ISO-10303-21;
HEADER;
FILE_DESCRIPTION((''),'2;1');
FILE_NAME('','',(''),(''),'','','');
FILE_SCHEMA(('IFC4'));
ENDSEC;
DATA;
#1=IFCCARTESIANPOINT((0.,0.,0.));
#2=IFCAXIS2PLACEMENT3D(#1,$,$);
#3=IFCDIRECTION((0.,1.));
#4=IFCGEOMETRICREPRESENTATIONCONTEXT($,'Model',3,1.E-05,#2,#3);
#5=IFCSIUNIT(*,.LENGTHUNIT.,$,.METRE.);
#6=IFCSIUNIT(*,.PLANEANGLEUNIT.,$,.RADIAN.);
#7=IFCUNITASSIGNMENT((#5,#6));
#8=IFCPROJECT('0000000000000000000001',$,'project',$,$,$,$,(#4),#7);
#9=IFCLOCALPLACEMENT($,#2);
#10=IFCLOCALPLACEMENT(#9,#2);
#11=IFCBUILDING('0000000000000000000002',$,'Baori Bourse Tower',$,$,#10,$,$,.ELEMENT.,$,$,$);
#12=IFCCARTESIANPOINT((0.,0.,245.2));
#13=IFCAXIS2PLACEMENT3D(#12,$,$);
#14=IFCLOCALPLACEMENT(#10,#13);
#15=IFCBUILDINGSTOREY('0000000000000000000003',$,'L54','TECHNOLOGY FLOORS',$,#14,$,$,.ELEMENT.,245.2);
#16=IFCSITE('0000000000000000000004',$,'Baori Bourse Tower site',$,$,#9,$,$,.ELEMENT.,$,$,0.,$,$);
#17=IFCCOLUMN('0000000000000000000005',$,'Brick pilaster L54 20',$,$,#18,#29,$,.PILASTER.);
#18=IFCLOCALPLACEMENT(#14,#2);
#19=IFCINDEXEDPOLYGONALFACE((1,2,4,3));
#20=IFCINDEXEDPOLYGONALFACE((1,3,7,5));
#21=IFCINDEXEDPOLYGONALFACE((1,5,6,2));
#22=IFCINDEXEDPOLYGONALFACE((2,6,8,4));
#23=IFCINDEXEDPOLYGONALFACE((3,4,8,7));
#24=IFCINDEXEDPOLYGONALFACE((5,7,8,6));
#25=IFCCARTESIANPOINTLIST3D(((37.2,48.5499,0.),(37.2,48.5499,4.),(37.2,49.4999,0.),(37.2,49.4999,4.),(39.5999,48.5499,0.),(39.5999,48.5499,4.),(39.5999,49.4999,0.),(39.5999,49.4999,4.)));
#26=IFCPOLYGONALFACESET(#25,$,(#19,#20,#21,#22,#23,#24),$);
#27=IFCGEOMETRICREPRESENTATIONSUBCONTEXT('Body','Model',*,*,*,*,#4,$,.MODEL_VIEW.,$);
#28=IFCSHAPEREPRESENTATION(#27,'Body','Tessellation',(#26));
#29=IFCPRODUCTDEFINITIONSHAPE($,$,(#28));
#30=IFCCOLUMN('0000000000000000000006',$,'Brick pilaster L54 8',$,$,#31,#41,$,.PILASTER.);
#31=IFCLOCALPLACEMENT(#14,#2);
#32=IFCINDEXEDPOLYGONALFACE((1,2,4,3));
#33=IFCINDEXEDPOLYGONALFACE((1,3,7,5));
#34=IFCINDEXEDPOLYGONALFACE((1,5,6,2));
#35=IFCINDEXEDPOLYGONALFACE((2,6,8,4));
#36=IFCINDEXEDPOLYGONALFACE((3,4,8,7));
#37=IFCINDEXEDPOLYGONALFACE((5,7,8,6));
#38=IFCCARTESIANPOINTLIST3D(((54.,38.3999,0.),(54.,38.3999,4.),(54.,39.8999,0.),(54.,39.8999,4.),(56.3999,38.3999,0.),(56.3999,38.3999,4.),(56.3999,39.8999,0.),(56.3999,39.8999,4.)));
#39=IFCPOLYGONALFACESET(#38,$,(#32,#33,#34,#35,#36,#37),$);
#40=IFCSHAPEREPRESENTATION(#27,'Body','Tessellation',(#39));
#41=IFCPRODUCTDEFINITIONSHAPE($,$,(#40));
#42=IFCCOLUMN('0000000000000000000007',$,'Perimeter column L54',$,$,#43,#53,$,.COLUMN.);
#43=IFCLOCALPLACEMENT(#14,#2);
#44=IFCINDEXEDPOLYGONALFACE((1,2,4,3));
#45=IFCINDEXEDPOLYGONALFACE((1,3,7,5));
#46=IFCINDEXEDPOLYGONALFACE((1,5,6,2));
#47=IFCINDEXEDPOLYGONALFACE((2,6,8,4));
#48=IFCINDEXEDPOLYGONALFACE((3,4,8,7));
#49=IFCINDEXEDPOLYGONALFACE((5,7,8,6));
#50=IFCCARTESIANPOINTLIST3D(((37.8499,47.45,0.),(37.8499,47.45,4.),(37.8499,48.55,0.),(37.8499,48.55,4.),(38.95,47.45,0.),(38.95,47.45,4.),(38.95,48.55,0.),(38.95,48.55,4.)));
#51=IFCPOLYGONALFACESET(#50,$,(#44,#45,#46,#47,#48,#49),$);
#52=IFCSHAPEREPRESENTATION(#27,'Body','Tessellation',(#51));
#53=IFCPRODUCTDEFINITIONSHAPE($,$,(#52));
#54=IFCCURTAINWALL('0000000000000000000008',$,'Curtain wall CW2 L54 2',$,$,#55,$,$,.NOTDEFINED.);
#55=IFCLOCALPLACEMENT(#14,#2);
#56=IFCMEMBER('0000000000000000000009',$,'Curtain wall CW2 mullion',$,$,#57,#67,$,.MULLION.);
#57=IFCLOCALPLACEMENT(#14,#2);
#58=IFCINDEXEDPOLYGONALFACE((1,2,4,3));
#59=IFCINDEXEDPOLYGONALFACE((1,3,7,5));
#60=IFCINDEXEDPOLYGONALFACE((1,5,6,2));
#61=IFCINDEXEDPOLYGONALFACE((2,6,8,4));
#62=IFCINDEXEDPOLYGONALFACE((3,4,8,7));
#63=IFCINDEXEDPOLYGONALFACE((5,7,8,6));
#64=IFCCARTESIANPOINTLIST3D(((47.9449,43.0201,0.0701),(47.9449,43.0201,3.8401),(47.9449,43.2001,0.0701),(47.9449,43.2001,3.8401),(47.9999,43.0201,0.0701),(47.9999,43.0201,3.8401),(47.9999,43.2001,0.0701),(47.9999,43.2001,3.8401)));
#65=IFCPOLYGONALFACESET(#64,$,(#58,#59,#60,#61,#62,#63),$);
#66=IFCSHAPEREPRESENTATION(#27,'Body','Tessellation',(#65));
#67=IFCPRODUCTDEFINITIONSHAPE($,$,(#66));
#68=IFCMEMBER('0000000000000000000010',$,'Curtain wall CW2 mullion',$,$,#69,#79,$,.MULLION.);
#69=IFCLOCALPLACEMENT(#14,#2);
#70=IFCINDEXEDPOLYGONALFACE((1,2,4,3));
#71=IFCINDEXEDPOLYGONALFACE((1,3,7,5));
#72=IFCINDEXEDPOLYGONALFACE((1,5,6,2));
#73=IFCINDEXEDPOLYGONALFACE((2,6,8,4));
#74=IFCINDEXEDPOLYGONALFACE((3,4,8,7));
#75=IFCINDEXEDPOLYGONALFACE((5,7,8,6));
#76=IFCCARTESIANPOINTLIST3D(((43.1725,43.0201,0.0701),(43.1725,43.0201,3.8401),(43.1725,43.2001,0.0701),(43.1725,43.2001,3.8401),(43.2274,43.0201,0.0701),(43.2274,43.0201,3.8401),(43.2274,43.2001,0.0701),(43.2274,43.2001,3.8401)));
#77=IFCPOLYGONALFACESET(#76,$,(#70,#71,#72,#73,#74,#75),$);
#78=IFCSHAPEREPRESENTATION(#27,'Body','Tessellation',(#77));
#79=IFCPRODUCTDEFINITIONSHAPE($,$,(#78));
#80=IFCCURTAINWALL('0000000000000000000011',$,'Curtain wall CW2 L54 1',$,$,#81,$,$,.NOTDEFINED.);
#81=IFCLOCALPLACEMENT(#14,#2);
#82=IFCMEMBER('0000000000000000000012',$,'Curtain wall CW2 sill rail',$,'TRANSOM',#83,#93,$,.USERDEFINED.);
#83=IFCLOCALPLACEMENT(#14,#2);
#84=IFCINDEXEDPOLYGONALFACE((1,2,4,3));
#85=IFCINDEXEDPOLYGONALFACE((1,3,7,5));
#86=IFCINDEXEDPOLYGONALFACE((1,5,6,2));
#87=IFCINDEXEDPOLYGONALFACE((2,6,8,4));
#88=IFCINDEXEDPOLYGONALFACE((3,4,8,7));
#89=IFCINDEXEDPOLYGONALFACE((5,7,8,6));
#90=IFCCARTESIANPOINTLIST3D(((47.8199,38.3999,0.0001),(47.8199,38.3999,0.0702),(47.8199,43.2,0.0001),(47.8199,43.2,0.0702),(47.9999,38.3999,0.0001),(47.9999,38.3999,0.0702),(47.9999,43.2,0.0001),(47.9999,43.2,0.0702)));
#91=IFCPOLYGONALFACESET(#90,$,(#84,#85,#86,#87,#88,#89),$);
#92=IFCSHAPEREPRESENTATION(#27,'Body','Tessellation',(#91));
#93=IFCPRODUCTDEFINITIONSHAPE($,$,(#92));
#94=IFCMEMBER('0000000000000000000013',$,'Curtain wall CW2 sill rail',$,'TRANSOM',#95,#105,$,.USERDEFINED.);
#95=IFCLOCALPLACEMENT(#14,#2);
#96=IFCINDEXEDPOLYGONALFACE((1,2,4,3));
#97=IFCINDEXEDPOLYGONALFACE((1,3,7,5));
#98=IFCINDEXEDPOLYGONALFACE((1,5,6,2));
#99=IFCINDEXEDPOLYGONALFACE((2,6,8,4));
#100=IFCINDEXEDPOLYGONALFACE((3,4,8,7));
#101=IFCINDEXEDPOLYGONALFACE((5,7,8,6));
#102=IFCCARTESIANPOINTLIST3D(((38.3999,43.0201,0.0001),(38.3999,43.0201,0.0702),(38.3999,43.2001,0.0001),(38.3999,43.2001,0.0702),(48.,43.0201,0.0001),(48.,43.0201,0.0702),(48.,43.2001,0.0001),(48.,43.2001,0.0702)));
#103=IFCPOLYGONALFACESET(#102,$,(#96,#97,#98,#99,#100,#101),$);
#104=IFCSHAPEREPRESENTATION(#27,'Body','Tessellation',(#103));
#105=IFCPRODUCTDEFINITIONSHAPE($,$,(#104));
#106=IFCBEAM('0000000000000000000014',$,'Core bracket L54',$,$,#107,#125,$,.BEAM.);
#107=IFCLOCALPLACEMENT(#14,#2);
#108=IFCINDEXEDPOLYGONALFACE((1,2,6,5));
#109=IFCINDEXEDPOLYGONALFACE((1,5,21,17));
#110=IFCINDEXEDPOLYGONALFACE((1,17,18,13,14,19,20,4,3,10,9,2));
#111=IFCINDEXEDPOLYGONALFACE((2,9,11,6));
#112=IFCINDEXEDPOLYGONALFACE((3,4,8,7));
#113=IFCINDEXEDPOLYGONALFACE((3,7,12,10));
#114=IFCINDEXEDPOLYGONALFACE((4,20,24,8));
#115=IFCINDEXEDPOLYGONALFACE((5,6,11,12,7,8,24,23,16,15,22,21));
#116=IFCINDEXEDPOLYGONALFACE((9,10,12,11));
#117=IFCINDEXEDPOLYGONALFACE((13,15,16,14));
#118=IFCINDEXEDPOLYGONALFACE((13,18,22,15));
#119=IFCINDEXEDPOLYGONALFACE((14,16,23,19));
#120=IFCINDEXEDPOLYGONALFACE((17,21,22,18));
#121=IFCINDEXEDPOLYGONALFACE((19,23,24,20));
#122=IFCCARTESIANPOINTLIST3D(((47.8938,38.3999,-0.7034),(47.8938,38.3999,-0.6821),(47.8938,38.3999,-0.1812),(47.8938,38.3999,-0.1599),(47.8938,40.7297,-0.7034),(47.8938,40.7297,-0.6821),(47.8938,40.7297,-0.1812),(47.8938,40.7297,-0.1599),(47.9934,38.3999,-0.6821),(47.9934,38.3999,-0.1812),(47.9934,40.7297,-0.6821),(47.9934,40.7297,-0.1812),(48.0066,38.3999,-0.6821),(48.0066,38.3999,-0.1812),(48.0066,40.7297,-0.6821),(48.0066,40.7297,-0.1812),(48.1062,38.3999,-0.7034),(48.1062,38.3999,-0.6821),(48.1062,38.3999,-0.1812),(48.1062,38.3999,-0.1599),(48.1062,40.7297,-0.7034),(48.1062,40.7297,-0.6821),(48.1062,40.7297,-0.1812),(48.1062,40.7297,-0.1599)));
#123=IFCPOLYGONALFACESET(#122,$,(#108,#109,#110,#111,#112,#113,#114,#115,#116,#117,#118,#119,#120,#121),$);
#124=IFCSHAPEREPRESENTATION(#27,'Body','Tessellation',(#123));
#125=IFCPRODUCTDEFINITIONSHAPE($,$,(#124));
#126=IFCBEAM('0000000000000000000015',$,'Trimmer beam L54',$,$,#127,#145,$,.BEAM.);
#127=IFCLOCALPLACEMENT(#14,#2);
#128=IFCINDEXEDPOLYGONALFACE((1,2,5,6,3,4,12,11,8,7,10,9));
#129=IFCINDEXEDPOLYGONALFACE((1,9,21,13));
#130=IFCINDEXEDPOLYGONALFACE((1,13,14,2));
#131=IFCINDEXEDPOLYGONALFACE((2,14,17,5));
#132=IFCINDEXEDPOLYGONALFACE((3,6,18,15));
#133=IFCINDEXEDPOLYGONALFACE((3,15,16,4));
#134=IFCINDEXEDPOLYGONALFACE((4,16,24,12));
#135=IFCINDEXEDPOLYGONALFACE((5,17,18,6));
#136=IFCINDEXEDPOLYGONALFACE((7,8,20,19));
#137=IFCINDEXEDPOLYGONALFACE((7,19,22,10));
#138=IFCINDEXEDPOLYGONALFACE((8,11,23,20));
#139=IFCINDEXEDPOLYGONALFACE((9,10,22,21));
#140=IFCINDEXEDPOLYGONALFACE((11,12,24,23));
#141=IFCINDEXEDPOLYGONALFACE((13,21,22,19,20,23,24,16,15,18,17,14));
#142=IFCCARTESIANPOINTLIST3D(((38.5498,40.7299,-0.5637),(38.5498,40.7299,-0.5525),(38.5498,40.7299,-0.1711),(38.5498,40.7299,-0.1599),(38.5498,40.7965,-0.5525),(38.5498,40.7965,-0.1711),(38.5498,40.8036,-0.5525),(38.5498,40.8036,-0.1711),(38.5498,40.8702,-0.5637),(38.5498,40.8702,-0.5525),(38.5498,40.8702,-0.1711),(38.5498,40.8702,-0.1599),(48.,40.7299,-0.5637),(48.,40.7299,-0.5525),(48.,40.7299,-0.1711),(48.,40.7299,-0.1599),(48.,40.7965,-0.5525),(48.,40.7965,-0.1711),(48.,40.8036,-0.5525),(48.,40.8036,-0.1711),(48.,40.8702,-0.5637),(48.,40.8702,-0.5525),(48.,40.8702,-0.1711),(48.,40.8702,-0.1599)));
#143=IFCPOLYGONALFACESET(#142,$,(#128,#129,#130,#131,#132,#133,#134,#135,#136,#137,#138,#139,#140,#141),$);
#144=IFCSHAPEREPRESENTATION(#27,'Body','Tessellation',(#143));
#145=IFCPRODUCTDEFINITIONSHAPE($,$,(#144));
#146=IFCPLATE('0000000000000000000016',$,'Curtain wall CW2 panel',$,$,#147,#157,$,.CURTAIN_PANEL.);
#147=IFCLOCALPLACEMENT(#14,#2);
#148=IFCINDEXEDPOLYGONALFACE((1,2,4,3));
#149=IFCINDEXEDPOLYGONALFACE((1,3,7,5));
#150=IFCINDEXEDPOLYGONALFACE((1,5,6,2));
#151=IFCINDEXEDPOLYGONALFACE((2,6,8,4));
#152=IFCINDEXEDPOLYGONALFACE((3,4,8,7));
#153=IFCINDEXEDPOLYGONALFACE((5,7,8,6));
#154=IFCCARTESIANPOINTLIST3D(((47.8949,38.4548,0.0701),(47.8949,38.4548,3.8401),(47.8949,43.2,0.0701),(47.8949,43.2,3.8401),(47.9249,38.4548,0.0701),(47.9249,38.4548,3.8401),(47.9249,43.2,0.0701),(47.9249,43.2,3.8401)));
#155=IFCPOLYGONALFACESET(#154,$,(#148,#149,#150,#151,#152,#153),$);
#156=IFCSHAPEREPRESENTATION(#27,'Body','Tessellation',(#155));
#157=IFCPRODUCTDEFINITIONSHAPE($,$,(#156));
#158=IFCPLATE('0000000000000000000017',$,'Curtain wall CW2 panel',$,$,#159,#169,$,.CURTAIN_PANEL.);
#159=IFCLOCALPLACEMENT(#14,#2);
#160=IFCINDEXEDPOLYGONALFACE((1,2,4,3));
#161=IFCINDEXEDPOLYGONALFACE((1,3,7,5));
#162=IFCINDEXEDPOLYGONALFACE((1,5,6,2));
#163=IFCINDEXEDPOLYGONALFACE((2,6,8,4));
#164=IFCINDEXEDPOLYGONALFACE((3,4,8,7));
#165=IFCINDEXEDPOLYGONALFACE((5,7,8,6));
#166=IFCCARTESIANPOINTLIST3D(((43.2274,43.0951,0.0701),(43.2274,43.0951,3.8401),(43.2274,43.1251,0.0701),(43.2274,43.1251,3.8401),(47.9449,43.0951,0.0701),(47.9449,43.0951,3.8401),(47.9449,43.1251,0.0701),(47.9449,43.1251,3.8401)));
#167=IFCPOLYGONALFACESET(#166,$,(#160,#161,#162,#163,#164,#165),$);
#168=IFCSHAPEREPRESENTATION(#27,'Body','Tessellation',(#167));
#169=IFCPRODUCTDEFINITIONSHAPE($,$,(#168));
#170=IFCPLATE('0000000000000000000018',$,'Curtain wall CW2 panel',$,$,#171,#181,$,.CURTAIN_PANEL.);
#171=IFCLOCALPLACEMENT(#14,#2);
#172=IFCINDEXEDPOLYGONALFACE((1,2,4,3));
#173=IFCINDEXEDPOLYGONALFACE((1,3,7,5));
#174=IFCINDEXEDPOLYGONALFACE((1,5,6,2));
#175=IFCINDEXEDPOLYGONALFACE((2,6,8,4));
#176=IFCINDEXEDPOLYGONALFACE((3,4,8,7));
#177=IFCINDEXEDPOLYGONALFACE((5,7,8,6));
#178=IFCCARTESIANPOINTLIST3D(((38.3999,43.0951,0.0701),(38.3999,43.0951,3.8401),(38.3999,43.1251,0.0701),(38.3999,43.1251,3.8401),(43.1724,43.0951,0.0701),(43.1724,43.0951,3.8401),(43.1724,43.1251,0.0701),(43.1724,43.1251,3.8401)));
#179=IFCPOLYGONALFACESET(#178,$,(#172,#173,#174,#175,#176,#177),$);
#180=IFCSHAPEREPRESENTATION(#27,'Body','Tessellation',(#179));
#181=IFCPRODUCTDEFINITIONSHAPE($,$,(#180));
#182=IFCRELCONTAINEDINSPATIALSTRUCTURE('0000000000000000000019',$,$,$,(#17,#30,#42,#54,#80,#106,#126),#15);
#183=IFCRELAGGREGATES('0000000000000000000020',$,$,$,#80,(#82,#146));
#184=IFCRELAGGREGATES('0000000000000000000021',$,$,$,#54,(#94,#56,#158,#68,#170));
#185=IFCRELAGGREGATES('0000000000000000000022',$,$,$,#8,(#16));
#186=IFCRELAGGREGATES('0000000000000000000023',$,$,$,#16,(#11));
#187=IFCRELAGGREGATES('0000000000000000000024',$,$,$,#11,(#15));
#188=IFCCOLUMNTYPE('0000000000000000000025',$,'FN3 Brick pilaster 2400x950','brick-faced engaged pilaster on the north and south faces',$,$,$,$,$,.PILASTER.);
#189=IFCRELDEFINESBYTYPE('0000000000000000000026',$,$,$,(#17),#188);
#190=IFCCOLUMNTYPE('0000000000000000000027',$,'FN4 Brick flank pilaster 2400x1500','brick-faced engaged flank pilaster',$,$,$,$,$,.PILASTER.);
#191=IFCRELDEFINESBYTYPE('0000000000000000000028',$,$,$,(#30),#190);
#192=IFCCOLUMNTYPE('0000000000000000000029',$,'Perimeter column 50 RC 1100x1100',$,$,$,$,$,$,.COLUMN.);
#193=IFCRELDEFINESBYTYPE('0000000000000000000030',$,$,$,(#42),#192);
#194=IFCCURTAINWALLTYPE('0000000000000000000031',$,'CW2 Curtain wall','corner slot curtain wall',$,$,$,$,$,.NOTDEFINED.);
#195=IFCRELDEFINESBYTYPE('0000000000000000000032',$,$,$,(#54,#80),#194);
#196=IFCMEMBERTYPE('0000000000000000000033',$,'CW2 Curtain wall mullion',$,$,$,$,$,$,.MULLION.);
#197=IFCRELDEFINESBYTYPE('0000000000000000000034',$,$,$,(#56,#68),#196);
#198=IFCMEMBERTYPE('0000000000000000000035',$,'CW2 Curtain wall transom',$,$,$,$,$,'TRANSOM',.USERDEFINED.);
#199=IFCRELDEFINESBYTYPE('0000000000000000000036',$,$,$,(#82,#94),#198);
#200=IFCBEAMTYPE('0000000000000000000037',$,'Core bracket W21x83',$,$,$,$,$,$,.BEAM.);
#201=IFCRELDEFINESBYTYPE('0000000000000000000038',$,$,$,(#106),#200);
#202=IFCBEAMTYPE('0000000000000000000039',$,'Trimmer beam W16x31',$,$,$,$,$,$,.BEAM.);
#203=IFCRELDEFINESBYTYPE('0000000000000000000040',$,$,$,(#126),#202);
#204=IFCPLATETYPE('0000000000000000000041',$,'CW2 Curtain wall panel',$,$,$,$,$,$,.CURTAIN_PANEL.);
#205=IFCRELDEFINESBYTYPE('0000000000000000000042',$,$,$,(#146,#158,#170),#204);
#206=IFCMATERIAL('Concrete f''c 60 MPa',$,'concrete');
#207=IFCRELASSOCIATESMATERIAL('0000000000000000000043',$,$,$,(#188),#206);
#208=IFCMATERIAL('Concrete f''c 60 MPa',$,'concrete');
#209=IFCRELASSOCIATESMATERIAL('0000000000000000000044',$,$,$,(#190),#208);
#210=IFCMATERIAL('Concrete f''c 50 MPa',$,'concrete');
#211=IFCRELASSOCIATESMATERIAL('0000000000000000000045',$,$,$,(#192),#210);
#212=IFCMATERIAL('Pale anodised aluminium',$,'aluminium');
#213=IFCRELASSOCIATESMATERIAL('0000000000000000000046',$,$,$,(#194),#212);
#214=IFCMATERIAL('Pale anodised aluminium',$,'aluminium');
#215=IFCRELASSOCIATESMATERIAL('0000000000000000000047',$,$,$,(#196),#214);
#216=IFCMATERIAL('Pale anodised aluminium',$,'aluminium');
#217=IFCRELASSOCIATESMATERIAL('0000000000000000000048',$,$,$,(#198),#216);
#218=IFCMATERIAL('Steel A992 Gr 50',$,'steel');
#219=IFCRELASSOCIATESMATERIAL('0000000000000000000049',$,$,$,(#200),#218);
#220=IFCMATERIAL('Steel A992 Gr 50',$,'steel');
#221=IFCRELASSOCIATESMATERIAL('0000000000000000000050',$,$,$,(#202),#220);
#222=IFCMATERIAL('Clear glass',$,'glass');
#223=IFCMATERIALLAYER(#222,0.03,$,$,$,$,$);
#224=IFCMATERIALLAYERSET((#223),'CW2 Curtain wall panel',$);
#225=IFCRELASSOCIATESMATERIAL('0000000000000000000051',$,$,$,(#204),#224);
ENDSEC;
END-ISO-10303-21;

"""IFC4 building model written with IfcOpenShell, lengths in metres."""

from ifc_helpers import new_model, si_unit, direction, frame, origin, origin_2d, place, context, subcontext, project, spatial, rectangle, i_section, extrude, material, layer, layer_set, material_profile, profile_set, type_object, element, aggregate, save


model = new_model("IFC4")

# Units and contexts
model_context = context("Model", 3, precision=1e-05, world=origin(), true_north=direction((0.0, 1.0)))
body_context = subcontext(model_context, "Body", "Model", "MODEL_VIEW")
ifc_project = project(units=[si_unit("LENGTHUNIT", "METRE"), si_unit("PLANEANGLEUNIT", "RADIAN")], contexts=[model_context])

# Site, building, storey
site_placement = place(None, origin())
site = spatial("IfcSite", under=ifc_project, at=site_placement, Name="Baori Bourse Tower site", CompositionType="ELEMENT", RefElevation=0.0)
building_placement = place(site_placement, origin())
building = spatial("IfcBuilding", under=site, at=building_placement, Name="Baori Bourse Tower", CompositionType="ELEMENT")
storey_placement = place(building_placement, frame((0.0, 0.0, 245.2)))
storey = spatial("IfcBuildingStorey", under=building, at=storey_placement, Name="L54", Description="TECHNOLOGY FLOORS", CompositionType="ELEMENT", Elevation=245.2)

# Columns
ifc_material_1 = material(Name="Concrete f'c 60 MPa", Category="concrete")
ifc_material_profile_1 = material_profile(ifc_material_1, rectangle(XDim=2.3999, YDim=0.95, at=origin_2d()), Name="RC 2400x950")
ifc_profile_set_1 = profile_set([ifc_material_profile_1], Name="Concrete f'c 60 MPa")
column_type_1 = type_object("IfcColumnType", Name="FN3 Brick pilaster 2400x950", Description="brick-faced engaged pilaster on the north and south faces", PredefinedType="PILASTER", material=ifc_profile_set_1)
column_1_placement = place(storey_placement, frame((38.3999, 49.0249, 0.0), z_axis=(0.0, 0.0, 1.0), x_axis=(1.0, 0.0, 0.0)))
element("IfcColumn", 1, at=column_1_placement, inside=storey, type_object=column_type_1, Name="Brick pilaster L54 20", PredefinedType="PILASTER", context=body_context, shape_type="SweptSolid", body=[
    extrude(rectangle(XDim=2.3999, YDim=0.95, at=origin_2d()), origin(), (0.0, 0.0, 1.0), 4.0),
])
ifc_material_2 = material(Name="Concrete f'c 60 MPa", Category="concrete")
ifc_material_profile_2 = material_profile(ifc_material_2, rectangle(XDim=2.3999, YDim=1.5, at=origin_2d()), Name="RC 2400x1500")
ifc_profile_set_2 = profile_set([ifc_material_profile_2], Name="Concrete f'c 60 MPa")
column_type_2 = type_object("IfcColumnType", Name="FN4 Brick flank pilaster 2400x1500", Description="brick-faced engaged flank pilaster", PredefinedType="PILASTER", material=ifc_profile_set_2)
column_2_placement = place(storey_placement, frame((55.2, 39.1499, 0.0), z_axis=(0.0, 0.0, 1.0), x_axis=(1.0, 0.0, 0.0)))
element("IfcColumn", 2, at=column_2_placement, inside=storey, type_object=column_type_2, Name="Brick pilaster L54 8", PredefinedType="PILASTER", context=body_context, shape_type="SweptSolid", body=[
    extrude(rectangle(XDim=2.3999, YDim=1.5, at=origin_2d()), origin(), (0.0, 0.0, 1.0), 4.0),
])
ifc_material_3 = material(Name="Concrete f'c 50 MPa", Category="concrete")
ifc_material_profile_3 = material_profile(ifc_material_3, rectangle(XDim=1.1001, YDim=1.1001, at=origin_2d()), Name="RC 1100x1100")
ifc_profile_set_3 = profile_set([ifc_material_profile_3], Name="Concrete f'c 50 MPa")
column_type_3 = type_object("IfcColumnType", Name="Perimeter column 50 RC 1100x1100", PredefinedType="COLUMN", material=ifc_profile_set_3)
column_3_placement = place(storey_placement, frame((38.3999, 48.0, 0.0), z_axis=(0.0, 0.0, 1.0), x_axis=(1.0, 0.0, 0.0)))
element("IfcColumn", 3, at=column_3_placement, inside=storey, type_object=column_type_3, Name="Perimeter column L54", PredefinedType="COLUMN", context=body_context, shape_type="SweptSolid", body=[
    extrude(rectangle(XDim=1.1001, YDim=1.1001, at=origin_2d()), origin(), (0.0, 0.0, 1.0), 4.0),
])

# Curtain wall, members
ifc_material_4 = material(Name="Pale anodised aluminium", Category="aluminium")
curtain_wall_type = type_object("IfcCurtainWallType", Name="CW2 Curtain wall", Description="corner slot curtain wall", PredefinedType="NOTDEFINED", material=ifc_material_4)
curtain_wall_1_placement = place(storey_placement, origin())
curtain_wall_1 = element("IfcCurtainWall", 4, at=curtain_wall_1_placement, inside=storey, type_object=curtain_wall_type, Name="Curtain wall CW2 L54 2", PredefinedType="NOTDEFINED")
ifc_material_5 = material(Name="Pale anodised aluminium", Category="aluminium")
ifc_material_profile_4 = material_profile(ifc_material_5, rectangle(XDim=0.1799, YDim=0.0549, at=origin_2d()), Name="Mullion 55x180")
ifc_profile_set_4 = profile_set([ifc_material_profile_4], Name="Pale anodised aluminium")
member_type_1 = type_object("IfcMemberType", Name="CW2 Curtain wall mullion", PredefinedType="MULLION", material=ifc_profile_set_4)
member_1_placement = place(storey_placement, frame((47.9724, 43.1101, 0.0701), z_axis=(0.0, 0.0, 1.0), x_axis=(0.0, -1.0, 0.0)))
member_1 = element("IfcMember", 5, at=member_1_placement, type_object=member_type_1, Name="Curtain wall CW2 mullion", PredefinedType="MULLION", context=body_context, shape_type="SweptSolid", body=[
    extrude(rectangle(XDim=0.1799, YDim=0.0549, at=origin_2d()), origin(), (0.0, 0.0, 1.0), 3.77),
])
member_2_placement = place(storey_placement, frame((43.2, 43.1101, 0.0701), z_axis=(0.0, 0.0, 1.0), x_axis=(0.0, -1.0, 0.0)))
member_2 = element("IfcMember", 6, at=member_2_placement, type_object=member_type_1, Name="Curtain wall CW2 mullion", PredefinedType="MULLION", context=body_context, shape_type="SweptSolid", body=[
    extrude(rectangle(XDim=0.1799, YDim=0.0549, at=origin_2d()), origin(), (0.0, 0.0, 1.0), 3.77),
])

# Curtain wall, member
curtain_wall_2_placement = place(storey_placement, origin())
curtain_wall_2 = element("IfcCurtainWall", 7, at=curtain_wall_2_placement, inside=storey, type_object=curtain_wall_type, Name="Curtain wall CW2 L54 1", PredefinedType="NOTDEFINED")
ifc_material_6 = material(Name="Pale anodised aluminium", Category="aluminium")
ifc_material_profile_5 = material_profile(ifc_material_6, rectangle(XDim=0.1799, YDim=0.0701, at=origin_2d()), Name="Transom 70x180")
ifc_profile_set_5 = profile_set([ifc_material_profile_5], Name="Pale anodised aluminium")
member_type_2 = type_object("IfcMemberType", Name="CW2 Curtain wall transom", ElementType="TRANSOM", PredefinedType="USERDEFINED", material=ifc_profile_set_5)
member_3_placement = place(storey_placement, frame((47.9099, 38.3999, 0.0352), z_axis=(0.0, 1.0, 0.0), x_axis=(-1.0, 0.0, 0.0)))
member_3 = element("IfcMember", 8, at=member_3_placement, type_object=member_type_2, Name="Curtain wall CW2 sill rail", ObjectType="TRANSOM", PredefinedType="USERDEFINED", context=body_context, shape_type="SweptSolid", body=[
    extrude(rectangle(XDim=0.1799, YDim=0.0701, at=origin_2d()), origin(), (0.0, 0.0, 1.0), 4.8),
])

# Member
member_4_placement = place(storey_placement, frame((48.0, 43.1101, 0.0352), z_axis=(-1.0, 0.0, 0.0), x_axis=(0.0, -1.0, 0.0)))
member_4 = element("IfcMember", 9, at=member_4_placement, type_object=member_type_2, Name="Curtain wall CW2 sill rail", ObjectType="TRANSOM", PredefinedType="USERDEFINED", context=body_context, shape_type="SweptSolid", body=[
    extrude(rectangle(XDim=0.1799, YDim=0.0701, at=origin_2d()), origin(), (0.0, 0.0, 1.0), 9.6001),
])

# Beams
ifc_material_7 = material(Name="Steel A992 Gr 50", Category="steel")
ifc_material_profile_6 = material_profile(ifc_material_7, i_section(OverallWidth=0.2124, OverallDepth=0.5435, WebThickness=0.0132, FlangeThickness=0.0212, at=origin_2d()), Name="W21x83")
ifc_profile_set_6 = profile_set([ifc_material_profile_6], Name="Steel A992 Gr 50")
beam_type_1 = type_object("IfcBeamType", Name="Core bracket W21x83", PredefinedType="BEAM", material=ifc_profile_set_6)
beam_1_placement = place(storey_placement, frame((48.0, 38.3999, -0.4316), z_axis=(0.0, 1.0, 0.0), x_axis=(-1.0, 0.0, 0.0)))
element("IfcBeam", 10, at=beam_1_placement, inside=storey, type_object=beam_type_1, Name="Core bracket L54", PredefinedType="BEAM", context=body_context, shape_type="SweptSolid", body=[
    extrude(i_section(OverallWidth=0.2124, OverallDepth=0.5435, WebThickness=0.0132, FlangeThickness=0.0212, at=origin_2d()), origin(), (0.0, 0.0, 1.0), 2.3298),
])
ifc_material_8 = material(Name="Steel A992 Gr 50", Category="steel")
ifc_material_profile_7 = material_profile(ifc_material_8, i_section(OverallWidth=0.1404, OverallDepth=0.4038, WebThickness=0.0071, FlangeThickness=0.0112, at=origin_2d()), Name="W16x31")
ifc_profile_set_7 = profile_set([ifc_material_profile_7], Name="Steel A992 Gr 50")
beam_type_2 = type_object("IfcBeamType", Name="Trimmer beam W16x31", PredefinedType="BEAM", material=ifc_profile_set_7)
beam_2_placement = place(storey_placement, frame((38.5498, 40.8, -0.3618), z_axis=(1.0, 0.0, 0.0), x_axis=(0.0, 1.0, 0.0)))
element("IfcBeam", 11, at=beam_2_placement, inside=storey, type_object=beam_type_2, Name="Trimmer beam L54", PredefinedType="BEAM", context=body_context, shape_type="SweptSolid", body=[
    extrude(i_section(OverallWidth=0.1404, OverallDepth=0.4038, WebThickness=0.0071, FlangeThickness=0.0112, at=origin_2d()), origin(), (0.0, 0.0, 1.0), 9.4502),
])

# Plates
ifc_material_9 = material(Name="Clear glass", Category="glass")
ifc_layer_1 = layer(ifc_material_9, 0.03)
ifc_layer_set_1 = layer_set([ifc_layer_1], Name="CW2 Curtain wall panel")
plate_type = type_object("IfcPlateType", Name="CW2 Curtain wall panel", PredefinedType="CURTAIN_PANEL", material=ifc_layer_set_1)
plate_1_placement = place(storey_placement, frame((47.9099, 40.8274, 0.0701), z_axis=(0.0, 0.0, 1.0), x_axis=(0.0, 1.0, 0.0)))
plate_1 = element("IfcPlate", 12, at=plate_1_placement, type_object=plate_type, Name="Curtain wall CW2 panel", PredefinedType="CURTAIN_PANEL", context=body_context, shape_type="SweptSolid", body=[
    extrude(rectangle(XDim=4.7451, YDim=0.03, at=origin_2d()), origin(), (0.0, 0.0, 1.0), 3.77),
])
aggregate(curtain_wall_2, [member_3, plate_1])
plate_2_placement = place(storey_placement, frame((45.5862, 43.1101, 0.0701), z_axis=(0.0, 0.0, 1.0), x_axis=(-1.0, 0.0, 0.0)))
plate_2 = element("IfcPlate", 13, at=plate_2_placement, type_object=plate_type, Name="Curtain wall CW2 panel", PredefinedType="CURTAIN_PANEL", context=body_context, shape_type="SweptSolid", body=[
    extrude(rectangle(XDim=4.7175, YDim=0.03, at=origin_2d()), origin(), (0.0, 0.0, 1.0), 3.77),
])
plate_3_placement = place(storey_placement, frame((40.7861, 43.1101, 0.0701), z_axis=(0.0, 0.0, 1.0), x_axis=(-1.0, 0.0, 0.0)))
plate_3 = element("IfcPlate", 14, at=plate_3_placement, type_object=plate_type, Name="Curtain wall CW2 panel", PredefinedType="CURTAIN_PANEL", context=body_context, shape_type="SweptSolid", body=[
    extrude(rectangle(XDim=4.7725, YDim=0.03, at=origin_2d()), origin(), (0.0, 0.0, 1.0), 3.77),
])
aggregate(curtain_wall_1, [member_4, member_1, plate_2, member_2, plate_3])

save(model, "model.ifc")
